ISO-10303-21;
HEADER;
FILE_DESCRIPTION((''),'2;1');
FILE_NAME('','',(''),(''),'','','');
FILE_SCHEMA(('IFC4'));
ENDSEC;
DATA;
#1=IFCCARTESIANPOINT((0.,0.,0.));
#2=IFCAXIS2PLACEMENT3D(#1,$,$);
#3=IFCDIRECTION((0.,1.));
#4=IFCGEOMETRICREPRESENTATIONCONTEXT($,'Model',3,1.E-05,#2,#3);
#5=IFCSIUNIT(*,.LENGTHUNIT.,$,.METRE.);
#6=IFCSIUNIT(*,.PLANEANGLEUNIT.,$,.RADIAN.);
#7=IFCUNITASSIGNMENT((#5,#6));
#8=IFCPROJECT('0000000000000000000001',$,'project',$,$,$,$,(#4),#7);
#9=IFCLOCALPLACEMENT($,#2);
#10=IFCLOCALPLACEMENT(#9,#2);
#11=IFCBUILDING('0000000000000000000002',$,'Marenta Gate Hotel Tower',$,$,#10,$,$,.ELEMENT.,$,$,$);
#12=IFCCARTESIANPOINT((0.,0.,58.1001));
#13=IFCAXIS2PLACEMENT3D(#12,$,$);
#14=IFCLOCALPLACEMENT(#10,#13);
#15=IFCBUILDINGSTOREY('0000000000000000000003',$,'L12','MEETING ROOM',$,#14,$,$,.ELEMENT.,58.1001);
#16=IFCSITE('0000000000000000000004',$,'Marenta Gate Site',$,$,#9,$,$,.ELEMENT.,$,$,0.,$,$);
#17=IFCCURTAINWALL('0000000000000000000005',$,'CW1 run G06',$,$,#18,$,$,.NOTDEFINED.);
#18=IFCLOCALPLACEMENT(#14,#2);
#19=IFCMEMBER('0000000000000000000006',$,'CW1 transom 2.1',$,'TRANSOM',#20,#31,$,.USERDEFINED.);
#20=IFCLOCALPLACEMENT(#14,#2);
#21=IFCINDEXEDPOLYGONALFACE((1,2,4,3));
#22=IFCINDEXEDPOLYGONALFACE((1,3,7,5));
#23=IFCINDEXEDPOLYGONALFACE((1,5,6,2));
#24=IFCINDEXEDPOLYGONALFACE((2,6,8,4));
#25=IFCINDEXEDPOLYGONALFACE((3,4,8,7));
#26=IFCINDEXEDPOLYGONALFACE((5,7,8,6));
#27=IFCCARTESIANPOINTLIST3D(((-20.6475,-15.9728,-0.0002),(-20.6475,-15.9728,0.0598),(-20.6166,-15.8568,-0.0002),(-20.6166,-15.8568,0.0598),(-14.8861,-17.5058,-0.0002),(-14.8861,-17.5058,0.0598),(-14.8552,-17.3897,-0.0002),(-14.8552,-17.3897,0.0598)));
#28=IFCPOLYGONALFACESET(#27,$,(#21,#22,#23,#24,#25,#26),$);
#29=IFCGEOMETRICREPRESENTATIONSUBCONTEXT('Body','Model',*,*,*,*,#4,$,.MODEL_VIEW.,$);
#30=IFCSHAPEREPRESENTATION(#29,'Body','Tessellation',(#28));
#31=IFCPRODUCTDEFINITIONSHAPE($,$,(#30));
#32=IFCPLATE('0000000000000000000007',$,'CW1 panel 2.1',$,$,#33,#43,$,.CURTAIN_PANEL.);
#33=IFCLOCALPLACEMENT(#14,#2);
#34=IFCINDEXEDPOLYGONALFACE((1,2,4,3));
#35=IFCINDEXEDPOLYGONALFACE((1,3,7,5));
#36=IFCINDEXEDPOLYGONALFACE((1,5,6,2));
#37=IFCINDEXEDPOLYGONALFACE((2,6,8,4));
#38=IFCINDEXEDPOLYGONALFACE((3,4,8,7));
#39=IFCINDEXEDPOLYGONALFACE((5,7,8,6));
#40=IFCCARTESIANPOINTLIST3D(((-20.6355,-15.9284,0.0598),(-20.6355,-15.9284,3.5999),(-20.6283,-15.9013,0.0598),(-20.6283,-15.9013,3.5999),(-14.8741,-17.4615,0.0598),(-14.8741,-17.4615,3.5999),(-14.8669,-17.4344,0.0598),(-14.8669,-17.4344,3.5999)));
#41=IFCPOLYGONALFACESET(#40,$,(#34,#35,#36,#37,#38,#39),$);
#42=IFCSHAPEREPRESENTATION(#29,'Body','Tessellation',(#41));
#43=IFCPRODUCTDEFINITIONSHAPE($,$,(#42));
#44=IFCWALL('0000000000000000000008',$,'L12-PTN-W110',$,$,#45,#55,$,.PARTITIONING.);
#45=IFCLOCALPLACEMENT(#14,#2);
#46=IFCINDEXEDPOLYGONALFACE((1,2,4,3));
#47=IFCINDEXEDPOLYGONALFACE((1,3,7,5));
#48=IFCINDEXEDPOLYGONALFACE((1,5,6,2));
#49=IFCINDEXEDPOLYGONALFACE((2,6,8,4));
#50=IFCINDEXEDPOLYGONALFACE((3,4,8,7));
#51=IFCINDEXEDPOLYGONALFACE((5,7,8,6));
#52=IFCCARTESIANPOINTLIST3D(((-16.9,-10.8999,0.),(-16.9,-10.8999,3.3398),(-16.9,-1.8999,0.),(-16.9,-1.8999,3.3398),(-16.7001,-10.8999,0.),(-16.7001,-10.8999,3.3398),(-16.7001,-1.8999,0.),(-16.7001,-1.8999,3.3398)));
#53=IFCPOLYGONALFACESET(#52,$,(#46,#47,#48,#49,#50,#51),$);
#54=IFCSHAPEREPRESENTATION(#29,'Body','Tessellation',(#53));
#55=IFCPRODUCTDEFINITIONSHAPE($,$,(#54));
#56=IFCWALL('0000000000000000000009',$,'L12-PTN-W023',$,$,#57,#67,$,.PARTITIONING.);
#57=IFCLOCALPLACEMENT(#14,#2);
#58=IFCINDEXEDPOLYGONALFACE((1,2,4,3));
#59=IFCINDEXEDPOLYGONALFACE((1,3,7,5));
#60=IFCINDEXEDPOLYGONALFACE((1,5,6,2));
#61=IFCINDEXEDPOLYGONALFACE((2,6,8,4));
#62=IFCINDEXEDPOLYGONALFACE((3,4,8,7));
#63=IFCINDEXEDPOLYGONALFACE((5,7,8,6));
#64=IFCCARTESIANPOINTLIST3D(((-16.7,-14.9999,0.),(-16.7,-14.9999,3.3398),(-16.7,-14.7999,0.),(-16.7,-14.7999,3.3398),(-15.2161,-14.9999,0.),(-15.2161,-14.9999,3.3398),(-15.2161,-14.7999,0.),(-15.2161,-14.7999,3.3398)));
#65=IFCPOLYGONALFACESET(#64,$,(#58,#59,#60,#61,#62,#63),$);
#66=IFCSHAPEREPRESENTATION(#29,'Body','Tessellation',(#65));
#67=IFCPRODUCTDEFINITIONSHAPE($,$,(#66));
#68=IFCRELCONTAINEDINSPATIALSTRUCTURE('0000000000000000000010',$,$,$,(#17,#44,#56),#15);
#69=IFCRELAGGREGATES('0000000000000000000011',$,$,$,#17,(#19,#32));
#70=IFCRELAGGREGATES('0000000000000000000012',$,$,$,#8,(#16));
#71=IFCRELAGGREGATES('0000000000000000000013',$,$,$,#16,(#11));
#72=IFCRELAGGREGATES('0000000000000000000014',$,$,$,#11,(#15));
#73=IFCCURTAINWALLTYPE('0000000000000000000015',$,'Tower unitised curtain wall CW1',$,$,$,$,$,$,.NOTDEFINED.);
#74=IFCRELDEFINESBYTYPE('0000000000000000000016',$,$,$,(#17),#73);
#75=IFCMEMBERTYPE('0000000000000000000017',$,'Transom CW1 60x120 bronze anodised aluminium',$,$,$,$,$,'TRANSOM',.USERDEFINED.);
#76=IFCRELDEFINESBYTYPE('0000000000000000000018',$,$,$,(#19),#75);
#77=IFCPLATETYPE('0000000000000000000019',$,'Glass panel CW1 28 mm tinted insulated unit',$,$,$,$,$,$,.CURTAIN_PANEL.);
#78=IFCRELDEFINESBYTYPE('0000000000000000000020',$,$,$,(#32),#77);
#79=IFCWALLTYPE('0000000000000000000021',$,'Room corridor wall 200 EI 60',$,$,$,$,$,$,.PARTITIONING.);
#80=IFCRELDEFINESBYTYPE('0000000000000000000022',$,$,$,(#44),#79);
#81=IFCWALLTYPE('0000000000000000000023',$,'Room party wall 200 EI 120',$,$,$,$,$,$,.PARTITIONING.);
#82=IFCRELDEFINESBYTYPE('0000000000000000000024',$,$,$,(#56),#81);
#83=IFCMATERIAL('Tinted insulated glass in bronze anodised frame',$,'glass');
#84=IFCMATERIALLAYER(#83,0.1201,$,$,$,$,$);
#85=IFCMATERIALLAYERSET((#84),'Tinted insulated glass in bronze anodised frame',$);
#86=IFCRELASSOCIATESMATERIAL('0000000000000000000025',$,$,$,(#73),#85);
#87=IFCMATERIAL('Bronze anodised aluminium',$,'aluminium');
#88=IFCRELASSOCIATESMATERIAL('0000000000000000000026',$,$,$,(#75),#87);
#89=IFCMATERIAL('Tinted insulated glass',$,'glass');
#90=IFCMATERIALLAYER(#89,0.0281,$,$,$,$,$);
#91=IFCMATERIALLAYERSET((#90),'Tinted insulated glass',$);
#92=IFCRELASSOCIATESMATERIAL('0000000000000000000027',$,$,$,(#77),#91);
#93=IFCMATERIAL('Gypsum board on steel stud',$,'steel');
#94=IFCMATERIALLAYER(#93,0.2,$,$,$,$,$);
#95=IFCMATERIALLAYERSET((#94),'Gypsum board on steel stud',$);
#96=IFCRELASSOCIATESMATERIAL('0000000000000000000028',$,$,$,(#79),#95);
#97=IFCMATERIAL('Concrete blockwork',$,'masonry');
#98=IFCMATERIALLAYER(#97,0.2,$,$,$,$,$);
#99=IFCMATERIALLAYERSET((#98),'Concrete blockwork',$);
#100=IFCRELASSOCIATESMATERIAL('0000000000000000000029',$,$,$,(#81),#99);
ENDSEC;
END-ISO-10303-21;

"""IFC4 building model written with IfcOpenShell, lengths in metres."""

from ifc_helpers import new_model, si_unit, direction, frame, frame_2d, origin, origin_2d, place, context, subcontext, project, spatial, rectangle, extrude, material, layer, layer_set, material_profile, profile_set, type_object, element, aggregate, save


model = new_model("IFC4")

# Units and contexts
model_context = context("Model", 3, precision=1e-05, world=origin(), true_north=direction((0.0, 1.0)))
body_context = subcontext(model_context, "Body", "Model", "MODEL_VIEW")
ifc_project = project(units=[si_unit("LENGTHUNIT", "METRE"), si_unit("PLANEANGLEUNIT", "RADIAN")], contexts=[model_context])

# Site, building, storey
site_placement = place(None, origin())
site = spatial("IfcSite", under=ifc_project, at=site_placement, Name="Marenta Gate Site", CompositionType="ELEMENT", RefElevation=0.0)
building_placement = place(site_placement, origin())
building = spatial("IfcBuilding", under=site, at=building_placement, Name="Marenta Gate Hotel Tower", CompositionType="ELEMENT")
storey_placement = place(building_placement, frame((0.0, 0.0, 58.1001)))
storey = spatial("IfcBuildingStorey", under=building, at=storey_placement, Name="L12", Description="MEETING ROOM", CompositionType="ELEMENT", Elevation=58.1001)

# Curtain wall, member, plate
ifc_material_1 = material(Name="Tinted insulated glass in bronze anodised frame", Category="glass")
ifc_layer_1 = layer(ifc_material_1, 0.1201)
ifc_layer_set_1 = layer_set([ifc_layer_1], Name="Tinted insulated glass in bronze anodised frame")
curtain_wall_type = type_object("IfcCurtainWallType", Name="Tower unitised curtain wall CW1", PredefinedType="NOTDEFINED", material=ifc_layer_set_1)
curtain_wall_placement = place(storey_placement, origin())
curtain_wall = element("IfcCurtainWall", 1, at=curtain_wall_placement, inside=storey, type_object=curtain_wall_type, Name="CW1 run G06", PredefinedType="NOTDEFINED")
ifc_material_2 = material(Name="Bronze anodised aluminium", Category="aluminium")
ifc_material_profile = material_profile(ifc_material_2, rectangle(XDim=0.1201, YDim=0.0601, at=origin_2d()), Name="Transom CW1 60x120 bronze anodised aluminium")
ifc_profile_set = profile_set([ifc_material_profile], Name="Bronze anodised aluminium")
member_type = type_object("IfcMemberType", Name="Transom CW1 60x120 bronze anodised aluminium", ElementType="TRANSOM", PredefinedType="USERDEFINED", material=ifc_profile_set)
member_placement = place(storey_placement, frame((-20.6321, -15.9148, 0.0298), z_axis=(0.966378, -0.257125, 0.0), x_axis=(0.257125, 0.966378, 0.0)))
member = element("IfcMember", 2, at=member_placement, type_object=member_type, Name="CW1 transom 2.1", ObjectType="TRANSOM", PredefinedType="USERDEFINED", context=body_context, shape_type="SweptSolid", body=[
    extrude(rectangle(XDim=0.1201, YDim=0.0601, at=origin_2d()), origin(), (0.0, 0.0, 1.0), 5.9619),
])
ifc_material_3 = material(Name="Tinted insulated glass", Category="glass")
ifc_layer_2 = layer(ifc_material_3, 0.0281)
ifc_layer_set_2 = layer_set([ifc_layer_2], Name="Tinted insulated glass")
plate_type = type_object("IfcPlateType", Name="Glass panel CW1 28 mm tinted insulated unit", PredefinedType="CURTAIN_PANEL", material=ifc_layer_set_2)
plate_placement = place(storey_placement, frame((-17.7512, -16.6814, 0.0598), z_axis=(0.0, 0.0, 1.0), x_axis=(0.966374, -0.257142, 0.0)))
plate = element("IfcPlate", 3, at=plate_placement, type_object=plate_type, Name="CW1 panel 2.1", PredefinedType="CURTAIN_PANEL", context=body_context, shape_type="SweptSolid", body=[
    extrude(rectangle(XDim=5.9619, YDim=0.0281, at=origin_2d()), origin(), (0.0, 0.0, 1.0), 3.54),
])
aggregate(curtain_wall, [member, plate])

# Shared definitions
ifc_material_4 = material(Name="Gypsum board on steel stud", Category="steel")
ifc_layer_3 = layer(ifc_material_4, 0.2)
ifc_layer_set_3 = layer_set([ifc_layer_3], Name="Gypsum board on steel stud")
wall_type_1 = type_object("IfcWallType", Name="Room corridor wall 200 EI 60", PredefinedType="PARTITIONING", material=ifc_layer_set_3)

# Wall
wall_1_placement = place(storey_placement, frame((-16.8, -10.8999, 0.0), z_axis=(0.0, 0.0, 1.0), x_axis=(0.0, 1.0, 0.0)))
element("IfcWall", 4, at=wall_1_placement, inside=storey, type_object=wall_type_1, Name="L12-PTN-W110", PredefinedType="PARTITIONING", context=body_context, shape_type="SweptSolid", body=[
    extrude(rectangle(XDim=9.0, YDim=0.2, at=frame_2d((4.5, 0.0))), origin(), (0.0, 0.0, 1.0), 3.3398),
])

# Wall
ifc_material_5 = material(Name="Concrete blockwork", Category="masonry")
ifc_layer_4 = layer(ifc_material_5, 0.2)
ifc_layer_set_4 = layer_set([ifc_layer_4], Name="Concrete blockwork")
wall_type_2 = type_object("IfcWallType", Name="Room party wall 200 EI 120", PredefinedType="PARTITIONING", material=ifc_layer_set_4)
wall_2_placement = place(storey_placement, frame((-16.7, -14.8999, 0.0), z_axis=(0.0, 0.0, 1.0), x_axis=(1.0, 0.0, 0.0)))
element("IfcWall", 5, at=wall_2_placement, inside=storey, type_object=wall_type_2, Name="L12-PTN-W023", PredefinedType="PARTITIONING", context=body_context, shape_type="SweptSolid", body=[
    extrude(rectangle(XDim=1.4839, YDim=0.2, at=frame_2d((0.7419, 0.0))), origin(), (0.0, 0.0, 1.0), 3.3398),
])

save(model, "model.ifc")
